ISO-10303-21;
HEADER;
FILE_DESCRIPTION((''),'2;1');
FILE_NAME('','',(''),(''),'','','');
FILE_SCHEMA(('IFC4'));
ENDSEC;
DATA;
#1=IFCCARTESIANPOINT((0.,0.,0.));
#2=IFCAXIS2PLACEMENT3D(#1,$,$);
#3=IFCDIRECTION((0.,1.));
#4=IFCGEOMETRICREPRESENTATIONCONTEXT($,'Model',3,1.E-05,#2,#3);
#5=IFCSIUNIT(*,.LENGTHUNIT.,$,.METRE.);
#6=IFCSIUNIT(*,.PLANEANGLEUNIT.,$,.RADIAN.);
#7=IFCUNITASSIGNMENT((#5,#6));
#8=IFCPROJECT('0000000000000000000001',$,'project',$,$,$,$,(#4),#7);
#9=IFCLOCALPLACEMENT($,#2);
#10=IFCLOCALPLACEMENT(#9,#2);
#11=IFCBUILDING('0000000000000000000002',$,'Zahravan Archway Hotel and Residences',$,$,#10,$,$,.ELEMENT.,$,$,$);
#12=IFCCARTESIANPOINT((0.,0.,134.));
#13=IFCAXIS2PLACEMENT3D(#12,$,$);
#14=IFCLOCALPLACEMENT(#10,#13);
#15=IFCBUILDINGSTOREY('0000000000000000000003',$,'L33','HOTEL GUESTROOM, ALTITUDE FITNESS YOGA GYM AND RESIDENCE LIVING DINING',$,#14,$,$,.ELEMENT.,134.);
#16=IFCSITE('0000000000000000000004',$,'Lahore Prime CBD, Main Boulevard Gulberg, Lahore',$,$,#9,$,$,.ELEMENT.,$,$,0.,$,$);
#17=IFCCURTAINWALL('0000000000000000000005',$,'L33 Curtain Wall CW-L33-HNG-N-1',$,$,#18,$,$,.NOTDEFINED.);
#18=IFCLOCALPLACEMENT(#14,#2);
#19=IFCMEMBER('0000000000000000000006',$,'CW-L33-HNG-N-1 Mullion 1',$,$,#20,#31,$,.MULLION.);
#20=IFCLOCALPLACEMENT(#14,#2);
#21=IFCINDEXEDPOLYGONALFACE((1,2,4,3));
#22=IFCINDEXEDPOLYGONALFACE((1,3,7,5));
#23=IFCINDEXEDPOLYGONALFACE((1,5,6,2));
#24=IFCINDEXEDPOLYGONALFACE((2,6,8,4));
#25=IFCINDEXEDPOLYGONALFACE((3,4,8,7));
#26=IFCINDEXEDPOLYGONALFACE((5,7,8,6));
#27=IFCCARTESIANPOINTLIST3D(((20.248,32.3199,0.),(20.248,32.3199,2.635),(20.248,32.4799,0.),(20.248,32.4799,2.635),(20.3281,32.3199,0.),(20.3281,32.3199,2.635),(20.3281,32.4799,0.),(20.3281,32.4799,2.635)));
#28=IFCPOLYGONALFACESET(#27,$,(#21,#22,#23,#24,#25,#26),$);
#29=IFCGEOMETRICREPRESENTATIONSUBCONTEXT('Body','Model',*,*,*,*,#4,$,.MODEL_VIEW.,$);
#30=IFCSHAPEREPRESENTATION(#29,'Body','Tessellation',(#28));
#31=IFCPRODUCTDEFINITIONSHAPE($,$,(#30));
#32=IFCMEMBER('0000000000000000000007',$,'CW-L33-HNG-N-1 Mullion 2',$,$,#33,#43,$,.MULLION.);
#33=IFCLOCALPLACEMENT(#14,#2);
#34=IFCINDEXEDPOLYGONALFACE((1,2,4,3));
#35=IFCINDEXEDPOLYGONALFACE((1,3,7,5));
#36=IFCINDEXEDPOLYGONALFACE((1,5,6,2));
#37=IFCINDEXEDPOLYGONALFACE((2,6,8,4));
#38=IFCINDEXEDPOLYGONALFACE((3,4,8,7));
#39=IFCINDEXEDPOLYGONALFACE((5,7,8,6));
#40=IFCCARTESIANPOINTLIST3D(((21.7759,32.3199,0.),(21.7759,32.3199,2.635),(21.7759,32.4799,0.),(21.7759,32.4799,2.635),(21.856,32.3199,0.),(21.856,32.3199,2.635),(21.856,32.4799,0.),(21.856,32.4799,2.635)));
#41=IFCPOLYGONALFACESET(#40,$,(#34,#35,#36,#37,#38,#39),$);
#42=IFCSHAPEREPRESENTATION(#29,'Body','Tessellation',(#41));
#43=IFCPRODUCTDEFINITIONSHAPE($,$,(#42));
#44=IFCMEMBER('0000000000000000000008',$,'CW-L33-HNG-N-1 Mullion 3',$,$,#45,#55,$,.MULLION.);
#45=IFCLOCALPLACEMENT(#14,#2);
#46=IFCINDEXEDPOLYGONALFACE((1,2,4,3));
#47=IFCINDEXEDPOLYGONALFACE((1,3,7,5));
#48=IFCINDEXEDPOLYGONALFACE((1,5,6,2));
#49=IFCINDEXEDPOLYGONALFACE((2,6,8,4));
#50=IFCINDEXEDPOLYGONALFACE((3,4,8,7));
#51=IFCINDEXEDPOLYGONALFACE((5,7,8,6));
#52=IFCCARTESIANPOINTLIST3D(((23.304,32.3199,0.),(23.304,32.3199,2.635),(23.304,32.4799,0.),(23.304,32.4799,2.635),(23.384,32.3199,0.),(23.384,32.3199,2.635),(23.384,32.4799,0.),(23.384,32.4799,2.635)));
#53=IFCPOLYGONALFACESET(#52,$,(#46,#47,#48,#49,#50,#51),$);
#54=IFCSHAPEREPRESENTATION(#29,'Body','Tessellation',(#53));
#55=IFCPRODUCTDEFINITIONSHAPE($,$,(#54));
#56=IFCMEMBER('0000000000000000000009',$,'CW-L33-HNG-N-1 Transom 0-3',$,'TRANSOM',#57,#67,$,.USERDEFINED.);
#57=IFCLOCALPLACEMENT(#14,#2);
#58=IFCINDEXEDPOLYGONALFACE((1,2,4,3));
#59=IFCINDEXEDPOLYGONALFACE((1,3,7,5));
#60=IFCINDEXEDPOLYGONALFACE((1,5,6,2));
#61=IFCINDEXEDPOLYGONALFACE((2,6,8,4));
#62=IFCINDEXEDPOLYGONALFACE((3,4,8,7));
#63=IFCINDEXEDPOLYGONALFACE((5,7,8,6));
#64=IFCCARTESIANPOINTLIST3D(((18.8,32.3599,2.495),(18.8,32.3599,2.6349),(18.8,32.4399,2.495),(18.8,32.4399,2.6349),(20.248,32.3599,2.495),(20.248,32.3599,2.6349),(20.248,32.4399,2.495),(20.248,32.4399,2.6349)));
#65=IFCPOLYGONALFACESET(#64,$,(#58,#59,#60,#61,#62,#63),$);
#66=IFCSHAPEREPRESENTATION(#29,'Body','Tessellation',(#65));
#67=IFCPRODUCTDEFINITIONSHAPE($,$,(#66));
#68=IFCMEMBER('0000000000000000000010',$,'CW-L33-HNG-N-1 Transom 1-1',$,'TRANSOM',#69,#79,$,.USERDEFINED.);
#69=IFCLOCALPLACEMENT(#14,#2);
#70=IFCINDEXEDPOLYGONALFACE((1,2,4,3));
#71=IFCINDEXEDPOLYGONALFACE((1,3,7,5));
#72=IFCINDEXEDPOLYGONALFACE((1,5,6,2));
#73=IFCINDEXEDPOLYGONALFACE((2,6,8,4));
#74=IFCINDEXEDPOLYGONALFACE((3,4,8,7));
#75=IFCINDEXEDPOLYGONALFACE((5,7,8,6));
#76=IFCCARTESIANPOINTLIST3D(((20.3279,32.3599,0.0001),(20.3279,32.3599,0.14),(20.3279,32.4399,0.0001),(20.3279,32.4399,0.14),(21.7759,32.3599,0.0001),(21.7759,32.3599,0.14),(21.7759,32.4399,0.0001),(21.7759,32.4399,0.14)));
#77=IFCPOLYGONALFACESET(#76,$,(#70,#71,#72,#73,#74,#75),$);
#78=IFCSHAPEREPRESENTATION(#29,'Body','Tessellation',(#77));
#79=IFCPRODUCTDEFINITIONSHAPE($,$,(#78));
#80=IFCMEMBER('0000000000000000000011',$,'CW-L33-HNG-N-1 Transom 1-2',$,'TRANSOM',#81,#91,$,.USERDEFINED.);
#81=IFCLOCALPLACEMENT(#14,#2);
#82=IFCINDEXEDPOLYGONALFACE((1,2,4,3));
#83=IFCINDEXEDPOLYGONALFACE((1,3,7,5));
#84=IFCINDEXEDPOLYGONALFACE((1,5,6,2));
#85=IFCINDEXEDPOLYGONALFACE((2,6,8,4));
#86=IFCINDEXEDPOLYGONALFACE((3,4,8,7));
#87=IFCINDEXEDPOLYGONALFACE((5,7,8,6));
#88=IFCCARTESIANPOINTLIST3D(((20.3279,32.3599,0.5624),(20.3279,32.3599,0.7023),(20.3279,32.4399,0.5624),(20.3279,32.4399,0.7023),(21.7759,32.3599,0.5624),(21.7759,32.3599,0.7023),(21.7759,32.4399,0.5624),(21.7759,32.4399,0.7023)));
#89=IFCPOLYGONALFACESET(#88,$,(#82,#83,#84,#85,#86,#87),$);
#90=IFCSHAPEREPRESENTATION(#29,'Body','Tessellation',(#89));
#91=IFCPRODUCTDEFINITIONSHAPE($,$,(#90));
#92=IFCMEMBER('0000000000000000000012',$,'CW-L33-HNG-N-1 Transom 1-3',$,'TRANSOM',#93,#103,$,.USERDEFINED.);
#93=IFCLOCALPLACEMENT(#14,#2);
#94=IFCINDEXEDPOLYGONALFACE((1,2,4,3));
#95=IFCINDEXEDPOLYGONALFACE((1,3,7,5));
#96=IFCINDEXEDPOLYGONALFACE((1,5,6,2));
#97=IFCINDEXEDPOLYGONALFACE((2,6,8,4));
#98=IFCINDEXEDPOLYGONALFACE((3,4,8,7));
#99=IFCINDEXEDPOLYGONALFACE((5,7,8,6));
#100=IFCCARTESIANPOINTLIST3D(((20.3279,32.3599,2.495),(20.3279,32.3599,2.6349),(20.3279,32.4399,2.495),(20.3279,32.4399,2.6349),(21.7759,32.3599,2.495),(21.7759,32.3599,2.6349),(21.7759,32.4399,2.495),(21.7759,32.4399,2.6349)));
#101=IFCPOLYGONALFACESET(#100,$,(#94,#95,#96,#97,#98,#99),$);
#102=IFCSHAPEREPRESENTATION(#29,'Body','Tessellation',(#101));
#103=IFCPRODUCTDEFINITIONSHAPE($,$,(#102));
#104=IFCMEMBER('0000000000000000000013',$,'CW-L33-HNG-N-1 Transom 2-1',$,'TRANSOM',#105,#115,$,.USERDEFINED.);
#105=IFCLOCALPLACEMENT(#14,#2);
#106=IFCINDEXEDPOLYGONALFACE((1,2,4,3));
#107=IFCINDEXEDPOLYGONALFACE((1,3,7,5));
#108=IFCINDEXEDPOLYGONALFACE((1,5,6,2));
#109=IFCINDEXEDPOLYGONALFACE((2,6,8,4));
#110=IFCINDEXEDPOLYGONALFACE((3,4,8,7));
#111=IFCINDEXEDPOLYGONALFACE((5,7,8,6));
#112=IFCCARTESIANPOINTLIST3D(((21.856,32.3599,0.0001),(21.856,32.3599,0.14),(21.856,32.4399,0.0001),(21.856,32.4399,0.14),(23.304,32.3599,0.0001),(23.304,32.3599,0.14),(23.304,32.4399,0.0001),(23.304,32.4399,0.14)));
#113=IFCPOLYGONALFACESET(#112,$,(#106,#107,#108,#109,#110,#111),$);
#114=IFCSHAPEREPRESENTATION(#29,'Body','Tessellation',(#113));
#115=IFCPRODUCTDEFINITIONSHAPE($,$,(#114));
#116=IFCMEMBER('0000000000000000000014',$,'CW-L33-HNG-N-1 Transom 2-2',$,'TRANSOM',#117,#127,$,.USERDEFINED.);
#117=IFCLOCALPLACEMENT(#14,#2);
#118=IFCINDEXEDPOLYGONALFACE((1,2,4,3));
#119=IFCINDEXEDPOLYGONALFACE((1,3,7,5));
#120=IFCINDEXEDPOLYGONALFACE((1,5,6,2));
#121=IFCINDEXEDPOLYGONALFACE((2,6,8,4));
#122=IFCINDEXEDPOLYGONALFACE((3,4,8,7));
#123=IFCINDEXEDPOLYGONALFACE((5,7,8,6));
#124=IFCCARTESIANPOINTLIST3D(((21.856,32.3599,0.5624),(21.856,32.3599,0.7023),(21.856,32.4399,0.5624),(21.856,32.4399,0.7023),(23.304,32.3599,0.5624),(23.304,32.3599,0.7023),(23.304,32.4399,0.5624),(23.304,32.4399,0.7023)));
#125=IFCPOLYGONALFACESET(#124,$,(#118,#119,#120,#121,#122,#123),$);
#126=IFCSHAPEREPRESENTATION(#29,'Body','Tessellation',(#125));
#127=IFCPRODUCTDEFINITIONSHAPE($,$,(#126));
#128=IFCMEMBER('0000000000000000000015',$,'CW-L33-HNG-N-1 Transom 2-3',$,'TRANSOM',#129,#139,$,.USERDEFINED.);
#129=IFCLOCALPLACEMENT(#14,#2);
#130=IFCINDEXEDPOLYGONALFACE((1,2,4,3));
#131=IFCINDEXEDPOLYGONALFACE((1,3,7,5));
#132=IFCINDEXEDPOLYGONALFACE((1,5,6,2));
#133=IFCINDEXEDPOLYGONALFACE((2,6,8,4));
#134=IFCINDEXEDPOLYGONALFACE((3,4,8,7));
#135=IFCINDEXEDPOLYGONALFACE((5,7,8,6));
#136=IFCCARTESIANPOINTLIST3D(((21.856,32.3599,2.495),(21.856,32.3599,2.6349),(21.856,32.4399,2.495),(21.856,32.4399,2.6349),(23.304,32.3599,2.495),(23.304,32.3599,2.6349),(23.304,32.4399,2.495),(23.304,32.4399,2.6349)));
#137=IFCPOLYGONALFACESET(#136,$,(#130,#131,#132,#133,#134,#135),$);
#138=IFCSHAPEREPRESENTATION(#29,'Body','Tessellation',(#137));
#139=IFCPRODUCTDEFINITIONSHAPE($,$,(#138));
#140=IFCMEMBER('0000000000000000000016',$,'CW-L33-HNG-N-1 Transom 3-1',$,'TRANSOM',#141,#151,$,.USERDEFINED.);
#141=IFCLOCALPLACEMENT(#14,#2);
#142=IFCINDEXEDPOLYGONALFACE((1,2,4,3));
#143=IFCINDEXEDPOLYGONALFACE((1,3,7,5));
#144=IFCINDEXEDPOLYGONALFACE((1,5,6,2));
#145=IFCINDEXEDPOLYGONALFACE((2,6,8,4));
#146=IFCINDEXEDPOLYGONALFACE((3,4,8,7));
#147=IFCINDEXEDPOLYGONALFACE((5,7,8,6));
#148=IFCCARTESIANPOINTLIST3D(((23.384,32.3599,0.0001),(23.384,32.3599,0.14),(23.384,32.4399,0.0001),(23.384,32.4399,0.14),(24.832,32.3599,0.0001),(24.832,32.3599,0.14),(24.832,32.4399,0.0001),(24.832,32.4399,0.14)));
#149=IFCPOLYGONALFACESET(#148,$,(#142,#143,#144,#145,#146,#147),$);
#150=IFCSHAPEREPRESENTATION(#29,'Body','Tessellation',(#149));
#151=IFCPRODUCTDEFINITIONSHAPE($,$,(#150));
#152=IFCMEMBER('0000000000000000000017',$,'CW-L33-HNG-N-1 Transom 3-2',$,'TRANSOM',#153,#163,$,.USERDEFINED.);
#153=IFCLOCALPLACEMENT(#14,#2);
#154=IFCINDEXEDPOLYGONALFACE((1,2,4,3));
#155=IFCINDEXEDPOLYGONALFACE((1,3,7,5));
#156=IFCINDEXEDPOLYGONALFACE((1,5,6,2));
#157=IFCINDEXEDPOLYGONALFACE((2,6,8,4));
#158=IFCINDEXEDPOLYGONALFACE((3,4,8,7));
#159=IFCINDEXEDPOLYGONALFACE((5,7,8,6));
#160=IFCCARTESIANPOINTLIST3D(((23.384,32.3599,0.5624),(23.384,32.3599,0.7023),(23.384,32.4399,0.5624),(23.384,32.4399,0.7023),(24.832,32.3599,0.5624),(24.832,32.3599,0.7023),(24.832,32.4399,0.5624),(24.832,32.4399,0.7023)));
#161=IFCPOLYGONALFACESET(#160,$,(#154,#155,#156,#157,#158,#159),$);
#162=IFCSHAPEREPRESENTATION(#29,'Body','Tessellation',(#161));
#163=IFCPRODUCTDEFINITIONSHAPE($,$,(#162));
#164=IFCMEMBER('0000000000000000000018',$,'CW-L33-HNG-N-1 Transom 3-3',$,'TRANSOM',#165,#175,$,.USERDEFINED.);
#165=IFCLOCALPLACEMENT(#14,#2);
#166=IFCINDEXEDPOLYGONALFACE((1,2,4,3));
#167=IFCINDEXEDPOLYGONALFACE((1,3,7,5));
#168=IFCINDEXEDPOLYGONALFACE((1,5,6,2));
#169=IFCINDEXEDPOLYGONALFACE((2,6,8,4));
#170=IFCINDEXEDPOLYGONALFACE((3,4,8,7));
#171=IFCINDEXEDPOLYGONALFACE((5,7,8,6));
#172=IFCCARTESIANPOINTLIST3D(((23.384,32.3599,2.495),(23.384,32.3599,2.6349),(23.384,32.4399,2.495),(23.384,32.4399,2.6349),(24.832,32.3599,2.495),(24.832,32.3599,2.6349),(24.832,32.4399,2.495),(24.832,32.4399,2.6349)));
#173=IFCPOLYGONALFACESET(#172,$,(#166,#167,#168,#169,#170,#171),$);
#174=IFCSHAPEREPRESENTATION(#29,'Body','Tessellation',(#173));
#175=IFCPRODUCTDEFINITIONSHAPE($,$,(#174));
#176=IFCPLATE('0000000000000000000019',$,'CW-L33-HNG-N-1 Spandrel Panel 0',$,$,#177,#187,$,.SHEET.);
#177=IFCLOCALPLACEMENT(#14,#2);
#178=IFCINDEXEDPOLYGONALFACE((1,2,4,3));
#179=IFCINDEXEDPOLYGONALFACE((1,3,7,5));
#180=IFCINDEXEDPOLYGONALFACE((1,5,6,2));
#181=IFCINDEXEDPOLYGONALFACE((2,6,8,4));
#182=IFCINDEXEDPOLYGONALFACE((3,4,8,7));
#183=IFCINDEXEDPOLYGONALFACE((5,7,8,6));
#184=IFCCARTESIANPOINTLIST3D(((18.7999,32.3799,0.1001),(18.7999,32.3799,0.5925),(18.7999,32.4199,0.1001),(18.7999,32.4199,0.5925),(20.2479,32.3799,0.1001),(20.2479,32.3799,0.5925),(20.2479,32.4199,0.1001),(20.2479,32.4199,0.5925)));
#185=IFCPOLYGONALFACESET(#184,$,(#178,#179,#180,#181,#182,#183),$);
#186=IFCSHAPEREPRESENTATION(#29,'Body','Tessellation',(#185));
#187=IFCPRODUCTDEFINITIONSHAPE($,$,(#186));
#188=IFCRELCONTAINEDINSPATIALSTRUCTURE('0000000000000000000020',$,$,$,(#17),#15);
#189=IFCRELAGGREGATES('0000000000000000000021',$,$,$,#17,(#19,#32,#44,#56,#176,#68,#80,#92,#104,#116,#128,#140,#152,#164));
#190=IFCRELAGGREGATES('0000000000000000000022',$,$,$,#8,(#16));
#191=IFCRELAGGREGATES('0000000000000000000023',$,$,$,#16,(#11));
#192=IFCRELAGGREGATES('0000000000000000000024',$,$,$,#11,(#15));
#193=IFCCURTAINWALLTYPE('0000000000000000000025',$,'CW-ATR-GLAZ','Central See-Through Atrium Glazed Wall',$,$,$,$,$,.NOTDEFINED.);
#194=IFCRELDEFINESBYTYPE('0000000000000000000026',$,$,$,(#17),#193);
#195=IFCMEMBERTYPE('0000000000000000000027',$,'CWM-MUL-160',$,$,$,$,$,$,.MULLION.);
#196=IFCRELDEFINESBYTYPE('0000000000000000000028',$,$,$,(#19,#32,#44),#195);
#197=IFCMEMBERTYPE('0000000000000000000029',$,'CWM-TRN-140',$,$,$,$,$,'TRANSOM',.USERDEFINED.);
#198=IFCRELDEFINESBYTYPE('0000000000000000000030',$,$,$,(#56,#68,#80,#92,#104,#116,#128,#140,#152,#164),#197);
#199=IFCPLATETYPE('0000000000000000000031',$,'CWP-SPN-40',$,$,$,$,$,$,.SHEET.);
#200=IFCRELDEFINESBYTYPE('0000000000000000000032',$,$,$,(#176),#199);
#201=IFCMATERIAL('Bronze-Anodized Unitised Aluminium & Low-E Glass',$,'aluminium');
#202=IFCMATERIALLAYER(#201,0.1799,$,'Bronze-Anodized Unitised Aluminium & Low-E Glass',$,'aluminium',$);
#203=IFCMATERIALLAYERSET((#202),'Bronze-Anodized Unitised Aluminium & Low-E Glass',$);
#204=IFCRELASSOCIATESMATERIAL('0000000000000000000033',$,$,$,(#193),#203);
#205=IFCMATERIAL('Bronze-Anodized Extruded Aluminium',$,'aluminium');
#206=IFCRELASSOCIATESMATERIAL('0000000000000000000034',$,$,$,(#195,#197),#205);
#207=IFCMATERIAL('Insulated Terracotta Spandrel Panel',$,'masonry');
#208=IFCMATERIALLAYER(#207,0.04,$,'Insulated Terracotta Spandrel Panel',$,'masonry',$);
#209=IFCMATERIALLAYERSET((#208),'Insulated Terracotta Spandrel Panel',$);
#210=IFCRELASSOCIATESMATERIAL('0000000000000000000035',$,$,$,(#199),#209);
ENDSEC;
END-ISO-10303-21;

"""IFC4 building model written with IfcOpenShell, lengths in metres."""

from ifc_helpers import new_model, si_unit, direction, frame, origin, origin_2d, place, context, subcontext, project, spatial, rectangle, extrude, source, transform, mapped, material, layer, layer_set, material_profile, profile_set, type_object, element, aggregate, save


model = new_model("IFC4")

# Units and contexts
model_context = context("Model", 3, precision=1e-05, world=origin(), true_north=direction((0.0, 1.0)))
body_context = subcontext(model_context, "Body", "Model", "MODEL_VIEW")
ifc_project = project(units=[si_unit("LENGTHUNIT", "METRE"), si_unit("PLANEANGLEUNIT", "RADIAN")], contexts=[model_context])

# Site, building, storey
site_placement = place(None, origin())
site = spatial("IfcSite", under=ifc_project, at=site_placement, Name="Lahore Prime CBD, Main Boulevard Gulberg, Lahore", CompositionType="ELEMENT", RefElevation=0.0)
building_placement = place(site_placement, origin())
building = spatial("IfcBuilding", under=site, at=building_placement, Name="Zahravan Archway Hotel and Residences", CompositionType="ELEMENT")
storey_placement = place(building_placement, frame((0.0, 0.0, 134.0)))
storey = spatial("IfcBuildingStorey", under=building, at=storey_placement, Name="L33", Description="HOTEL GUESTROOM, ALTITUDE FITNESS YOGA GYM AND RESIDENCE LIVING DINING", CompositionType="ELEMENT", Elevation=134.0)

# Curtain wall, members, plate
ifc_material_1 = material(Name="Bronze-Anodized Unitised Aluminium & Low-E Glass", Category="aluminium")
ifc_layer_1 = layer(ifc_material_1, 0.1799, Name="Bronze-Anodized Unitised Aluminium & Low-E Glass", Category="aluminium")
ifc_layer_set_1 = layer_set([ifc_layer_1], Name="Bronze-Anodized Unitised Aluminium & Low-E Glass")
curtain_wall_type = type_object("IfcCurtainWallType", Name="CW-ATR-GLAZ", Description="Central See-Through Atrium Glazed Wall", PredefinedType="NOTDEFINED", material=ifc_layer_set_1)
curtain_wall_placement = place(storey_placement, origin())
curtain_wall = element("IfcCurtainWall", 1, at=curtain_wall_placement, inside=storey, type_object=curtain_wall_type, Name="L33 Curtain Wall CW-L33-HNG-N-1", PredefinedType="NOTDEFINED")
ifc_material_2 = material(Name="Bronze-Anodized Extruded Aluminium", Category="aluminium")
ifc_material_profile_1 = material_profile(ifc_material_2, rectangle(XDim=0.0801, YDim=0.1599, at=origin_2d()), Name="MUL 80x160", Category="aluminium")
ifc_profile_set_1 = profile_set([ifc_material_profile_1], Name="Bronze-Anodized Extruded Aluminium")
member_type_1 = type_object("IfcMemberType", Name="CWM-MUL-160", PredefinedType="MULLION", material=ifc_profile_set_1)
shared_shape_1 = source(origin(), body_context, "Body", "SweptSolid", [
    extrude(rectangle(XDim=0.0801, YDim=0.1599, at=origin_2d()), origin(), (0.0, 0.0, 1.0), 2.635),
])
member_1_placement = place(storey_placement, frame((20.2881, 32.3999, 0.0), z_axis=(0.0, 0.0, 1.0), x_axis=(1.0, 0.0, 0.0)))
member_1 = element("IfcMember", 2, at=member_1_placement, type_object=member_type_1, Name="CW-L33-HNG-N-1 Mullion 1", PredefinedType="MULLION", context=body_context, shape_type="MappedRepresentation", body=[
    mapped(shared_shape_1, transform((0.0, 0.0, 0.0), scale=1.0)),
])
member_2_placement = place(storey_placement, frame((21.8159, 32.3999, 0.0), z_axis=(0.0, 0.0, 1.0), x_axis=(1.0, 0.0, 0.0)))
member_2 = element("IfcMember", 3, at=member_2_placement, type_object=member_type_1, Name="CW-L33-HNG-N-1 Mullion 2", PredefinedType="MULLION", context=body_context, shape_type="MappedRepresentation", body=[
    mapped(shared_shape_1, transform((0.0, 0.0, 0.0), scale=1.0)),
])
member_3_placement = place(storey_placement, frame((23.344, 32.3999, 0.0), z_axis=(0.0, 0.0, 1.0), x_axis=(1.0, 0.0, 0.0)))
member_3 = element("IfcMember", 4, at=member_3_placement, type_object=member_type_1, Name="CW-L33-HNG-N-1 Mullion 3", PredefinedType="MULLION", context=body_context, shape_type="MappedRepresentation", body=[
    mapped(shared_shape_1, transform((0.0, 0.0, 0.0), scale=1.0)),
])
ifc_material_profile_2 = material_profile(ifc_material_2, rectangle(XDim=0.0801, YDim=0.1399, at=origin_2d()), Name="TRN 80x140", Category="aluminium")
ifc_profile_set_2 = profile_set([ifc_material_profile_2], Name="Bronze-Anodized Extruded Aluminium")
member_type_2 = type_object("IfcMemberType", Name="CWM-TRN-140", ElementType="TRANSOM", PredefinedType="USERDEFINED", material=ifc_profile_set_2)
shared_shape_2 = source(origin(), body_context, "Body", "SweptSolid", [
    extrude(rectangle(XDim=0.0801, YDim=0.1399, at=origin_2d()), origin(), (0.0, 0.0, 1.0), 1.448),
])
member_4_placement = place(storey_placement, frame((18.8, 32.3999, 2.5649), z_axis=(1.0, 0.0, 0.0), x_axis=(0.0, 1.0, 0.0)))
member_4 = element("IfcMember", 5, at=member_4_placement, type_object=member_type_2, Name="CW-L33-HNG-N-1 Transom 0-3", ObjectType="TRANSOM", PredefinedType="USERDEFINED", context=body_context, shape_type="MappedRepresentation", body=[
    mapped(shared_shape_2, transform((0.0, 0.0, 0.0), scale=1.0)),
])
member_5_placement = place(storey_placement, frame((20.3279, 32.3999, 0.0701), z_axis=(1.0, 0.0, 0.0), x_axis=(0.0, 1.0, 0.0)))
member_5 = element("IfcMember", 6, at=member_5_placement, type_object=member_type_2, Name="CW-L33-HNG-N-1 Transom 1-1", ObjectType="TRANSOM", PredefinedType="USERDEFINED", context=body_context, shape_type="MappedRepresentation", body=[
    mapped(shared_shape_2, transform((0.0, 0.0, 0.0), scale=1.0)),
])
member_6_placement = place(storey_placement, frame((20.3279, 32.3999, 0.6323), z_axis=(1.0, 0.0, 0.0), x_axis=(0.0, 1.0, 0.0)))
member_6 = element("IfcMember", 7, at=member_6_placement, type_object=member_type_2, Name="CW-L33-HNG-N-1 Transom 1-2", ObjectType="TRANSOM", PredefinedType="USERDEFINED", context=body_context, shape_type="MappedRepresentation", body=[
    mapped(shared_shape_2, transform((0.0, 0.0, 0.0), scale=1.0)),
])
member_7_placement = place(storey_placement, frame((20.3279, 32.3999, 2.5649), z_axis=(1.0, 0.0, 0.0), x_axis=(0.0, 1.0, 0.0)))
member_7 = element("IfcMember", 8, at=member_7_placement, type_object=member_type_2, Name="CW-L33-HNG-N-1 Transom 1-3", ObjectType="TRANSOM", PredefinedType="USERDEFINED", context=body_context, shape_type="MappedRepresentation", body=[
    mapped(shared_shape_2, transform((0.0, 0.0, 0.0), scale=1.0)),
])
member_8_placement = place(storey_placement, frame((21.856, 32.3999, 0.0701), z_axis=(1.0, 0.0, 0.0), x_axis=(0.0, 1.0, 0.0)))
member_8 = element("IfcMember", 9, at=member_8_placement, type_object=member_type_2, Name="CW-L33-HNG-N-1 Transom 2-1", ObjectType="TRANSOM", PredefinedType="USERDEFINED", context=body_context, shape_type="MappedRepresentation", body=[
    mapped(shared_shape_2, transform((0.0, 0.0, 0.0), scale=1.0)),
])
member_9_placement = place(storey_placement, frame((21.856, 32.3999, 0.6323), z_axis=(1.0, 0.0, 0.0), x_axis=(0.0, 1.0, 0.0)))
member_9 = element("IfcMember", 10, at=member_9_placement, type_object=member_type_2, Name="CW-L33-HNG-N-1 Transom 2-2", ObjectType="TRANSOM", PredefinedType="USERDEFINED", context=body_context, shape_type="MappedRepresentation", body=[
    mapped(shared_shape_2, transform((0.0, 0.0, 0.0), scale=1.0)),
])
member_10_placement = place(storey_placement, frame((21.856, 32.3999, 2.5649), z_axis=(1.0, 0.0, 0.0), x_axis=(0.0, 1.0, 0.0)))
member_10 = element("IfcMember", 11, at=member_10_placement, type_object=member_type_2, Name="CW-L33-HNG-N-1 Transom 2-3", ObjectType="TRANSOM", PredefinedType="USERDEFINED", context=body_context, shape_type="MappedRepresentation", body=[
    mapped(shared_shape_2, transform((0.0, 0.0, 0.0), scale=1.0)),
])
member_11_placement = place(storey_placement, frame((23.384, 32.3999, 0.0701), z_axis=(1.0, 0.0, 0.0), x_axis=(0.0, 1.0, 0.0)))
member_11 = element("IfcMember", 12, at=member_11_placement, type_object=member_type_2, Name="CW-L33-HNG-N-1 Transom 3-1", ObjectType="TRANSOM", PredefinedType="USERDEFINED", context=body_context, shape_type="MappedRepresentation", body=[
    mapped(shared_shape_2, transform((0.0, 0.0, 0.0), scale=1.0)),
])
member_12_placement = place(storey_placement, frame((23.384, 32.3999, 0.6323), z_axis=(1.0, 0.0, 0.0), x_axis=(0.0, 1.0, 0.0)))
member_12 = element("IfcMember", 13, at=member_12_placement, type_object=member_type_2, Name="CW-L33-HNG-N-1 Transom 3-2", ObjectType="TRANSOM", PredefinedType="USERDEFINED", context=body_context, shape_type="MappedRepresentation", body=[
    mapped(shared_shape_2, transform((0.0, 0.0, 0.0), scale=1.0)),
])
member_13_placement = place(storey_placement, frame((23.384, 32.3999, 2.5649), z_axis=(1.0, 0.0, 0.0), x_axis=(0.0, 1.0, 0.0)))
member_13 = element("IfcMember", 14, at=member_13_placement, type_object=member_type_2, Name="CW-L33-HNG-N-1 Transom 3-3", ObjectType="TRANSOM", PredefinedType="USERDEFINED", context=body_context, shape_type="MappedRepresentation", body=[
    mapped(shared_shape_2, transform((0.0, 0.0, 0.0), scale=1.0)),
])
ifc_material_3 = material(Name="Insulated Terracotta Spandrel Panel", Category="masonry")
ifc_layer_2 = layer(ifc_material_3, 0.04, Name="Insulated Terracotta Spandrel Panel", Category="masonry")
ifc_layer_set_2 = layer_set([ifc_layer_2], Name="Insulated Terracotta Spandrel Panel")
plate_type_1 = type_object("IfcPlateType", Name="CWP-SPN-40", PredefinedType="SHEET", material=ifc_layer_set_2)
shared_shape_3 = source(origin(), body_context, "Body", "SweptSolid", [
    extrude(rectangle(XDim=1.448, YDim=0.04, at=origin_2d()), origin(), (0.0, 0.0, 1.0), 0.4924),
])
plate_1_placement = place(storey_placement, frame((19.5239, 32.3999, 0.1001), z_axis=(0.0, 0.0, 1.0), x_axis=(1.0, 0.0, 0.0)))
plate_1 = element("IfcPlate", 15, at=plate_1_placement, type_object=plate_type_1, Name="CW-L33-HNG-N-1 Spandrel Panel 0", PredefinedType="SHEET", context=body_context, shape_type="MappedRepresentation", body=[
    mapped(shared_shape_3, transform((0.0, 0.0, 0.0), scale=1.0)),
])
aggregate(curtain_wall, [member_1, member_2, member_3, member_4, plate_1, member_5, member_6, member_7, member_8, member_9, member_10, member_11, member_12, member_13])

save(model, "model.ifc")
